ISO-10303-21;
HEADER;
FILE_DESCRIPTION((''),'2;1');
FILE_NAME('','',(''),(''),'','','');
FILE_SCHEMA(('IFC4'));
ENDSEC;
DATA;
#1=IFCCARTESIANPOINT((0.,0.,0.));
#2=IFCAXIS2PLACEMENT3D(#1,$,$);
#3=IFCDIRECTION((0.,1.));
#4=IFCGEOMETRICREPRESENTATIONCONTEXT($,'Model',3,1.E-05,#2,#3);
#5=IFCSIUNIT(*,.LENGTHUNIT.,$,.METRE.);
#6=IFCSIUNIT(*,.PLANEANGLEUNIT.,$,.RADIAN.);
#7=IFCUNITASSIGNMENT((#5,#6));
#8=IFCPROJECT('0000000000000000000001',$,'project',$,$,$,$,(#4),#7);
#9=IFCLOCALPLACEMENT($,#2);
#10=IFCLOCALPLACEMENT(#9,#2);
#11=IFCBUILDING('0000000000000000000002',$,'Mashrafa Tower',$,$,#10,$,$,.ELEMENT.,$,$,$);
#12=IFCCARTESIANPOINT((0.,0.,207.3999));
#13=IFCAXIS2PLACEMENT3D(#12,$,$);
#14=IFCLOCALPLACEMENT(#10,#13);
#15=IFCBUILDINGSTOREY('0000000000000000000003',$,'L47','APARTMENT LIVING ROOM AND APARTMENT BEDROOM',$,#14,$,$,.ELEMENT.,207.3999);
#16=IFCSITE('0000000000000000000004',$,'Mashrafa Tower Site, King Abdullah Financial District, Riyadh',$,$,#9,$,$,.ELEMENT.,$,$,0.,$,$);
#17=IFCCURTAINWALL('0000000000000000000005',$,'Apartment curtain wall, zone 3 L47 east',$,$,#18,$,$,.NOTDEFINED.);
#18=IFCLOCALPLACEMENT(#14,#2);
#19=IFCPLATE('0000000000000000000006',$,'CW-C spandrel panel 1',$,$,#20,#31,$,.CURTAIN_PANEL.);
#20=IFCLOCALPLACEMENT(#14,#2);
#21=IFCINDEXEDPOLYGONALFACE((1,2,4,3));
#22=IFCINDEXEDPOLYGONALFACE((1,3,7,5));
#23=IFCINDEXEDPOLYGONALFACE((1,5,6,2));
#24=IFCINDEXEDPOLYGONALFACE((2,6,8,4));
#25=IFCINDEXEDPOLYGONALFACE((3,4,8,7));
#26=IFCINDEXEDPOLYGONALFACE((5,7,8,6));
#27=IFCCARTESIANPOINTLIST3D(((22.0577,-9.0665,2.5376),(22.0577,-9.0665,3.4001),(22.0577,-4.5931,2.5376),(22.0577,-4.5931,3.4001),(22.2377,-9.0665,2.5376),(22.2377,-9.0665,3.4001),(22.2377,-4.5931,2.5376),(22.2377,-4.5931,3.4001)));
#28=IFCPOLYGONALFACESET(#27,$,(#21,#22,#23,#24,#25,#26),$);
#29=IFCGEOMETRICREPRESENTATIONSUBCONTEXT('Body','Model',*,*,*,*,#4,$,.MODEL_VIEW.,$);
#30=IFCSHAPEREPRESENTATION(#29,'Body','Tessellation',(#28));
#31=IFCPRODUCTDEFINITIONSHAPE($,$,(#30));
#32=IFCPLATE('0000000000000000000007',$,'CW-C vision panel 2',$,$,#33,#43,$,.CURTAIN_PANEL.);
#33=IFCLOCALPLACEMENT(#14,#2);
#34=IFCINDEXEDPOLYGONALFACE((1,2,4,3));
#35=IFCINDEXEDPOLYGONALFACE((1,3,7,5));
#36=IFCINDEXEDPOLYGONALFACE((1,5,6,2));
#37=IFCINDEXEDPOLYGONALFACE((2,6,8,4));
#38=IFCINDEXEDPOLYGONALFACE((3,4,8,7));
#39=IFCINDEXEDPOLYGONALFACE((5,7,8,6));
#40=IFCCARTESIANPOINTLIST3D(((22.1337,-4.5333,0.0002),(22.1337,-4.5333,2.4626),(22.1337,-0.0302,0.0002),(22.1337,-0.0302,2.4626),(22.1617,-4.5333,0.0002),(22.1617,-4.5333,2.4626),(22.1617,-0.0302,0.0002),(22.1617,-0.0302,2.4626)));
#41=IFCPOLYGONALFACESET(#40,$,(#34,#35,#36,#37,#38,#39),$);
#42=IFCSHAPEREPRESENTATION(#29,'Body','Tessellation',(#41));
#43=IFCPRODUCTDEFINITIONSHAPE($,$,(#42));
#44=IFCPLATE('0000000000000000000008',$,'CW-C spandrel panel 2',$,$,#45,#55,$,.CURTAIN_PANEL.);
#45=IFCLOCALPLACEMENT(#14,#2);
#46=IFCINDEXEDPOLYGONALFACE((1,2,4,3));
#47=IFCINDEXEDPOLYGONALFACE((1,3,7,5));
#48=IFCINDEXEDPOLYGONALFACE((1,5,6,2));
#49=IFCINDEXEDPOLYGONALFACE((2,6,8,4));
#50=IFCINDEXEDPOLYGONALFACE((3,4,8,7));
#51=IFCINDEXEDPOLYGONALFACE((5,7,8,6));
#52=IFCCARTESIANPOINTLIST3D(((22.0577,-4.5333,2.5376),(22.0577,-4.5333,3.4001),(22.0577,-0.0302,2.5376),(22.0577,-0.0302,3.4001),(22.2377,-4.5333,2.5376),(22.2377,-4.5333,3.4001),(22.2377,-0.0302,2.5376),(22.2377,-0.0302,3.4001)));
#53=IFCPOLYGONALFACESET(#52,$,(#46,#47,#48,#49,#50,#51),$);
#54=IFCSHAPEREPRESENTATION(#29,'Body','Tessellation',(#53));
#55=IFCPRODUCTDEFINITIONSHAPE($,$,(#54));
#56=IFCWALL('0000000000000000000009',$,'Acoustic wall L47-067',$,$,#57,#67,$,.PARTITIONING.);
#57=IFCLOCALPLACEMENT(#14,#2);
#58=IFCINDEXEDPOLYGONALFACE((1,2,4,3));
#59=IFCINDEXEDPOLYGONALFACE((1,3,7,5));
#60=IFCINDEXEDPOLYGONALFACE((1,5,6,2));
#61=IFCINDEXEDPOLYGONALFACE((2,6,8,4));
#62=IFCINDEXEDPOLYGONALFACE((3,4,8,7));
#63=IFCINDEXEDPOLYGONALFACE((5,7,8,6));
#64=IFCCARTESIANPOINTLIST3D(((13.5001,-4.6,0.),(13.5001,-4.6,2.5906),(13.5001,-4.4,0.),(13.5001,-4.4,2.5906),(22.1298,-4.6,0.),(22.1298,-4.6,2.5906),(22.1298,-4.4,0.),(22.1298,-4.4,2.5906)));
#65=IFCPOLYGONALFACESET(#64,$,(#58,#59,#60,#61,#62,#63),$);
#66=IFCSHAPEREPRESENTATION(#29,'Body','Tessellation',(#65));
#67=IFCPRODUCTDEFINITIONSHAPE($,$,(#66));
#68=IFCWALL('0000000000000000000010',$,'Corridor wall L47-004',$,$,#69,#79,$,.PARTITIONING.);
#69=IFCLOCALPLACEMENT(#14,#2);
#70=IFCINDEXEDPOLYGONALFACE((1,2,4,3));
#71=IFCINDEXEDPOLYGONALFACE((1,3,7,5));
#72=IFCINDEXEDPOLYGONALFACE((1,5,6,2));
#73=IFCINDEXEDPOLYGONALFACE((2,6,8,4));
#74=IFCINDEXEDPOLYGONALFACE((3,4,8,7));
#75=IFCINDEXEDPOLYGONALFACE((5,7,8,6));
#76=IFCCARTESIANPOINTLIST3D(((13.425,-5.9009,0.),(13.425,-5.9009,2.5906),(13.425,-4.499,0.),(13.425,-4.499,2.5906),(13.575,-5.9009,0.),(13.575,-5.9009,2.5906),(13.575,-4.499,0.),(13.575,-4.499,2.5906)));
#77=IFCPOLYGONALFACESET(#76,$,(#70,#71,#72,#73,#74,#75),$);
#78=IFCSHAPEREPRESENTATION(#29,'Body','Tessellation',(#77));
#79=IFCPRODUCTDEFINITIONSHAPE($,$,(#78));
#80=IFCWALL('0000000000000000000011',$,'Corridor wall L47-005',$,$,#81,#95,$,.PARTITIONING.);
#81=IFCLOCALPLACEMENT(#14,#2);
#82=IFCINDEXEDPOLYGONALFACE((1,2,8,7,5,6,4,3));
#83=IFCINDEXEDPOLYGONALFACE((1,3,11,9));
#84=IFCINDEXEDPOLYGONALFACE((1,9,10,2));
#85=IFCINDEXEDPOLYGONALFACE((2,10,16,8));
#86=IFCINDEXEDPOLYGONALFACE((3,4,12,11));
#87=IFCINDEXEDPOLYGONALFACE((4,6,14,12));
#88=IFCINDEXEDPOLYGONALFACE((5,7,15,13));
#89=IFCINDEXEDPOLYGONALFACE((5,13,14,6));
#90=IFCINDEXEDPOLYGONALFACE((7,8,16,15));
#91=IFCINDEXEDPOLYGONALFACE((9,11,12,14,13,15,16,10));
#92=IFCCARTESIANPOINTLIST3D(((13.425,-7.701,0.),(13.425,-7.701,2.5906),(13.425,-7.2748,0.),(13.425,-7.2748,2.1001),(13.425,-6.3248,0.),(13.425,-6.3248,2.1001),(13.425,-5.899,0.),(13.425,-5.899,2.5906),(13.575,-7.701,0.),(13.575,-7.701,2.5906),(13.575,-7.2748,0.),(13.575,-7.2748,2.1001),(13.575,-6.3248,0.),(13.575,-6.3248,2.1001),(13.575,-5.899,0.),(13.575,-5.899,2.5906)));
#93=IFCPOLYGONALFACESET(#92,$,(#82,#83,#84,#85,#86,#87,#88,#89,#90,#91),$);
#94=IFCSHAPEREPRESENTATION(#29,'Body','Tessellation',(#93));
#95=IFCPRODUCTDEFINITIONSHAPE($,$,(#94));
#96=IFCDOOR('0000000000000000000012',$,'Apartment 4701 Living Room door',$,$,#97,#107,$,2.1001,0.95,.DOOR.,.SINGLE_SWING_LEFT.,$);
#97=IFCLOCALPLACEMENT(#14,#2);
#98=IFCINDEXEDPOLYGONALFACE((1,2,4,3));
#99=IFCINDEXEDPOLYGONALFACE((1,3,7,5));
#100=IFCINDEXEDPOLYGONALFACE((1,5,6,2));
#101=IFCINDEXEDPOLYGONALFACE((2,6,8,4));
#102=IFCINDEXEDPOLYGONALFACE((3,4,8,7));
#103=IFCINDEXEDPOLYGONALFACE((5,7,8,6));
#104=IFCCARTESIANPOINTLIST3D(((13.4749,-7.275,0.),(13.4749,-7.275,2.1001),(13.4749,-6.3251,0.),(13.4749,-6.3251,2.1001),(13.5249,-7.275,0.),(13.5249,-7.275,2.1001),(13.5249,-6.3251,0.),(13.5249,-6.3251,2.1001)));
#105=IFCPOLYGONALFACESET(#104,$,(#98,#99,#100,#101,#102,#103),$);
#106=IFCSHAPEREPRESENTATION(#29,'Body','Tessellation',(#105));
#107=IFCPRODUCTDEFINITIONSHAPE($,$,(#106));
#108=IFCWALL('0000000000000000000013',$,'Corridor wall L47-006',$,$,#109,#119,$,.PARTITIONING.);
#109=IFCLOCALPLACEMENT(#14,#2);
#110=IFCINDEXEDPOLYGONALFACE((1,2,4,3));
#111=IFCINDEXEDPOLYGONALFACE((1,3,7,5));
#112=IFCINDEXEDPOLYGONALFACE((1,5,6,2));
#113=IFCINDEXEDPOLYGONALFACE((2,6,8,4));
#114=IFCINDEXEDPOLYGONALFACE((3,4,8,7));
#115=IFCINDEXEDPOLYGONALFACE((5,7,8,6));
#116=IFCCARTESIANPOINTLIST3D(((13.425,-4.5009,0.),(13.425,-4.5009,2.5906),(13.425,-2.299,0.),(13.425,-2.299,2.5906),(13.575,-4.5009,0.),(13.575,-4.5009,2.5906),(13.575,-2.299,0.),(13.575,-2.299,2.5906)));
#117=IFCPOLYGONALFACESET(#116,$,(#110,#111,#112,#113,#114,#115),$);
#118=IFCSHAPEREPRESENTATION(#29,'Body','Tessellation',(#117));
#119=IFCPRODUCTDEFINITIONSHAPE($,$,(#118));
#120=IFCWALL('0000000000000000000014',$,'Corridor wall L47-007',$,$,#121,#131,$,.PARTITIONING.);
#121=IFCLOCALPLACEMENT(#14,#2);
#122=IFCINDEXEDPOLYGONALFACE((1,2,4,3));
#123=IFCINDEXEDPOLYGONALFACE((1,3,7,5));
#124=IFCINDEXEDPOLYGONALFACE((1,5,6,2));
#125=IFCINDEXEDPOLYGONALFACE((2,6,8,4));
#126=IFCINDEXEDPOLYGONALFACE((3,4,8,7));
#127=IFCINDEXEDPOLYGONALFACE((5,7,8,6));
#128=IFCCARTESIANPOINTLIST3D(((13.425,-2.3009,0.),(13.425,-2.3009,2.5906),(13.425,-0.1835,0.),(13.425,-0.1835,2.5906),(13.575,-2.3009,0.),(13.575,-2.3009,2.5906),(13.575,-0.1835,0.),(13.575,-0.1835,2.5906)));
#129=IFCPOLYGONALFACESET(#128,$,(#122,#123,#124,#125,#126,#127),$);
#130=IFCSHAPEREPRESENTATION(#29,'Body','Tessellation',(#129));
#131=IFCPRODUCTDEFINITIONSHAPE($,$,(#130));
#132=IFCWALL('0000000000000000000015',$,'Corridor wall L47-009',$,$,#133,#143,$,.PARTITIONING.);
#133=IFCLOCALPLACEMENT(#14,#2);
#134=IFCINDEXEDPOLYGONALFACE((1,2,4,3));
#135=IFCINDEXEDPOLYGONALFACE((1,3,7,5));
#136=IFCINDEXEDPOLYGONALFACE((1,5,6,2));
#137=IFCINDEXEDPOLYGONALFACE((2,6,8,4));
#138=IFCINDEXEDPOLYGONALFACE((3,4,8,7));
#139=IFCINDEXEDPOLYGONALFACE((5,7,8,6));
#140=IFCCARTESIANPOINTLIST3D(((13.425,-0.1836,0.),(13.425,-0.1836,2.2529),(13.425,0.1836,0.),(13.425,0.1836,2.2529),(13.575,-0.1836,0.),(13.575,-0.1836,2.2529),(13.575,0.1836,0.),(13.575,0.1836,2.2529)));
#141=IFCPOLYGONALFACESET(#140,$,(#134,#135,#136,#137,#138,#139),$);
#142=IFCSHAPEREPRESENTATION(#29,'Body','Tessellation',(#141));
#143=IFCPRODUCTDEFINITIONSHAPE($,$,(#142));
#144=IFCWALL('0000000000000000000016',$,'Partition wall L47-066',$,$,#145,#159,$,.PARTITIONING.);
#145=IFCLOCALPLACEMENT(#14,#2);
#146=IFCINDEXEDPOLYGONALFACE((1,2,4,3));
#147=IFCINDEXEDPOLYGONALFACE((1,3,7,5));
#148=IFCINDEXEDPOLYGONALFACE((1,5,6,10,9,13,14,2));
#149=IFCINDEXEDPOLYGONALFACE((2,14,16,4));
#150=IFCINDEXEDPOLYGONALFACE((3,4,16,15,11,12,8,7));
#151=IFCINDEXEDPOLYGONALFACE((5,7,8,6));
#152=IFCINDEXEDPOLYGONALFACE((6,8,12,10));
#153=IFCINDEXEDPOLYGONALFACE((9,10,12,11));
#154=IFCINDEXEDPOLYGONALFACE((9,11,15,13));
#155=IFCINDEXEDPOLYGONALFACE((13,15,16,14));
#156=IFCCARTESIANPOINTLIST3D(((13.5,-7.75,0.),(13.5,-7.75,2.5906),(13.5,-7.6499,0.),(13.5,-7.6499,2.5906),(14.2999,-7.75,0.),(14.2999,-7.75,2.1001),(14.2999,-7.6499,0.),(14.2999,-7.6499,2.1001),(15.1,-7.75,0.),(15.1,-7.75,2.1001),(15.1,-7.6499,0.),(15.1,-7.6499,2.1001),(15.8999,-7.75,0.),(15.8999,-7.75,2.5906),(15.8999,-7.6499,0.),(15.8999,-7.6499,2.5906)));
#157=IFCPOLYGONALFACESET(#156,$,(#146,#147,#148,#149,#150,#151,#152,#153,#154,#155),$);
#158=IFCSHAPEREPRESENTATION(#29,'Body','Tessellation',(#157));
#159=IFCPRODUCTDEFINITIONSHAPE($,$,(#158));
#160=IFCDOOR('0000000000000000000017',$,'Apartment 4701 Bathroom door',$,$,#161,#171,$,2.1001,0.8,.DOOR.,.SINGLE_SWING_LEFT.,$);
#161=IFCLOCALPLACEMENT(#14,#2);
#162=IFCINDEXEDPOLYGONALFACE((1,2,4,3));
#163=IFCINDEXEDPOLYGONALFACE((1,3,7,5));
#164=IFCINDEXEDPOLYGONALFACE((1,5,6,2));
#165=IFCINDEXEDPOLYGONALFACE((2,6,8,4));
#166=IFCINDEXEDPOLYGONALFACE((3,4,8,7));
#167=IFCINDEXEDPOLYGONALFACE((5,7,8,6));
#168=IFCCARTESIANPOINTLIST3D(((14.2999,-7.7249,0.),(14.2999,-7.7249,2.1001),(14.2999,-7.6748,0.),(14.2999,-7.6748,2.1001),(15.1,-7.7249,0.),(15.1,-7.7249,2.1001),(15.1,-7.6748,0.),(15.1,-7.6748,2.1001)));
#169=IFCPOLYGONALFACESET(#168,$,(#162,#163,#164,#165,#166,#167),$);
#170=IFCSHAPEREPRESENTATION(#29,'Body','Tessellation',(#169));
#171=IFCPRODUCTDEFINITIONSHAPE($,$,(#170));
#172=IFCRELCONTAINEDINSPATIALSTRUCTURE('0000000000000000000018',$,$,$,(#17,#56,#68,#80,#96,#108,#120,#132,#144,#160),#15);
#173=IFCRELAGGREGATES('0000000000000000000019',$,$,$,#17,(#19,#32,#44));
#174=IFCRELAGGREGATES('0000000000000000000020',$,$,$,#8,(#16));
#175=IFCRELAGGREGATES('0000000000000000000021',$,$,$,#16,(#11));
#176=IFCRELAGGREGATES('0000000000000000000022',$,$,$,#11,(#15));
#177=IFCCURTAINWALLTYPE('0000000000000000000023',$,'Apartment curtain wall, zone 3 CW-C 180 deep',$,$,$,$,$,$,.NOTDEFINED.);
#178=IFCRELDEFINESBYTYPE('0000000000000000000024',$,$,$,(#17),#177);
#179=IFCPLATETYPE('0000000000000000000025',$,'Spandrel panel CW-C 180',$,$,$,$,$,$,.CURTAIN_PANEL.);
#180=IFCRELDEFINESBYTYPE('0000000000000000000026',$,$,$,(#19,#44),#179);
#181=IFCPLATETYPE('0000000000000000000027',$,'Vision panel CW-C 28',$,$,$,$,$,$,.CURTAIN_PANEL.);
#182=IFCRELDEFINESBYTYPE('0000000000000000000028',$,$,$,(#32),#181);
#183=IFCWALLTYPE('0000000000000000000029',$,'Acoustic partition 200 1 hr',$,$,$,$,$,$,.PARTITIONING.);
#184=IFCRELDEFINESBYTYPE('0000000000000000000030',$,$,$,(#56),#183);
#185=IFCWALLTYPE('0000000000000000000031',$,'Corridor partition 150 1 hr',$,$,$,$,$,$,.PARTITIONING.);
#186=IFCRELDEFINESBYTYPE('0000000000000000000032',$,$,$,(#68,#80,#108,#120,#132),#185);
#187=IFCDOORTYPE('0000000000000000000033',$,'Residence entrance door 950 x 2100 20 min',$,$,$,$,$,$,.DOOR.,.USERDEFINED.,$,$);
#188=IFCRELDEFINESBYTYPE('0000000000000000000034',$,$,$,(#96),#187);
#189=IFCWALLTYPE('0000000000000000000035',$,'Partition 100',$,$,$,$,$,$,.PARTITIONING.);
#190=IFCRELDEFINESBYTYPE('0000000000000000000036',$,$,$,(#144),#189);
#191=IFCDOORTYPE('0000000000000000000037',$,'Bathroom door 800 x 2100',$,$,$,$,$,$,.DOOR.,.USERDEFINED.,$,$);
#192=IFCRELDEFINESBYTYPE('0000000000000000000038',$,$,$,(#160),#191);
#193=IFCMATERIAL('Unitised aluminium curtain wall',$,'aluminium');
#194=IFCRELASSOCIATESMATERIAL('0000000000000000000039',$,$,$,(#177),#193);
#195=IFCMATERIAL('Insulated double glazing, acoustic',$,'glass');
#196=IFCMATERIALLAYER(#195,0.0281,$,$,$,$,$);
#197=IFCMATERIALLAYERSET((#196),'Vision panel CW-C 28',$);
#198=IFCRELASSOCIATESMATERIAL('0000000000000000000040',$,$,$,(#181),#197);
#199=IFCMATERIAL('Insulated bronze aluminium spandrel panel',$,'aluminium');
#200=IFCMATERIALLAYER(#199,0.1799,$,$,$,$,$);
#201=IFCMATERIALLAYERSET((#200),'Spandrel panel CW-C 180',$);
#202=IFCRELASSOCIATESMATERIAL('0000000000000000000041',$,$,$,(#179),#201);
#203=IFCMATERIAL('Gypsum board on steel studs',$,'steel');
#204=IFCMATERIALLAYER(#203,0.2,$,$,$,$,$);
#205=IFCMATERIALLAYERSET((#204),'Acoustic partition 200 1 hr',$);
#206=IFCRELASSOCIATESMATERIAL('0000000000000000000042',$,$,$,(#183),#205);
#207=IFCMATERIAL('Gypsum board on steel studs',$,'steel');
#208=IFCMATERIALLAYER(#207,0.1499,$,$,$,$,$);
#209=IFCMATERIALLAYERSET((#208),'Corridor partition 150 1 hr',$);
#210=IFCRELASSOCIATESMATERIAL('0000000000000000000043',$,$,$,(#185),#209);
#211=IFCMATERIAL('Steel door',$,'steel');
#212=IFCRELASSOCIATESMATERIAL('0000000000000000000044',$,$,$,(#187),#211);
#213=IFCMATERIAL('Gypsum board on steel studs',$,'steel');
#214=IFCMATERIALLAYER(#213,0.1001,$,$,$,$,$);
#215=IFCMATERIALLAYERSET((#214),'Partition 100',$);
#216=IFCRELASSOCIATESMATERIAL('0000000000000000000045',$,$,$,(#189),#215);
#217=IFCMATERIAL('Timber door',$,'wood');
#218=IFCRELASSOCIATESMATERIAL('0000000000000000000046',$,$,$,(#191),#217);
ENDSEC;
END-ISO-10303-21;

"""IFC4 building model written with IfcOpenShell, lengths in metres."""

from ifc_helpers import new_model, si_unit, direction, frame, frame_2d, origin, origin_2d, place, context, subcontext, project, spatial, rectangle, extrude, source, transform, mapped, material, layer, layer_set, type_object, type_shapes, element, fill, aggregate, save


model = new_model("IFC4")

# Units and contexts
model_context = context("Model", 3, precision=1e-05, world=origin(), true_north=direction((0.0, 1.0)))
body_context = subcontext(model_context, "Body", "Model", "MODEL_VIEW")
ifc_project = project(units=[si_unit("LENGTHUNIT", "METRE"), si_unit("PLANEANGLEUNIT", "RADIAN")], contexts=[model_context])

# Site, building, storey
site_placement = place(None, origin())
site = spatial("IfcSite", under=ifc_project, at=site_placement, Name="Mashrafa Tower Site, King Abdullah Financial District, Riyadh", CompositionType="ELEMENT", RefElevation=0.0)
building_placement = place(site_placement, origin())
building = spatial("IfcBuilding", under=site, at=building_placement, Name="Mashrafa Tower", CompositionType="ELEMENT")
storey_placement = place(building_placement, frame((0.0, 0.0, 207.3999)))
storey = spatial("IfcBuildingStorey", under=building, at=storey_placement, Name="L47", Description="APARTMENT LIVING ROOM AND APARTMENT BEDROOM", CompositionType="ELEMENT", Elevation=207.3999)

# Curtain wall
ifc_material_1 = material(Name="Unitised aluminium curtain wall", Category="aluminium")
curtain_wall_type = type_object("IfcCurtainWallType", Name="Apartment curtain wall, zone 3 CW-C 180 deep", PredefinedType="NOTDEFINED", material=ifc_material_1)
curtain_wall_1_placement = place(storey_placement, origin())
curtain_wall_1 = element("IfcCurtainWall", 1, at=curtain_wall_1_placement, inside=storey, type_object=curtain_wall_type, Name="Apartment curtain wall, zone 3 L47 east", PredefinedType="NOTDEFINED")

# Plates
ifc_material_2 = material(Name="Insulated double glazing, acoustic", Category="glass")
ifc_layer_1 = layer(ifc_material_2, 0.0281)
ifc_layer_set_1 = layer_set([ifc_layer_1], Name="Vision panel CW-C 28")
plate_type_1 = type_object("IfcPlateType", Name="Vision panel CW-C 28", PredefinedType="CURTAIN_PANEL", material=ifc_layer_set_1)
ifc_material_3 = material(Name="Insulated bronze aluminium spandrel panel", Category="aluminium")
ifc_layer_2 = layer(ifc_material_3, 0.1799)
ifc_layer_set_2 = layer_set([ifc_layer_2], Name="Spandrel panel CW-C 180")
plate_type_2 = type_object("IfcPlateType", Name="Spandrel panel CW-C 180", PredefinedType="CURTAIN_PANEL", material=ifc_layer_set_2)
shared_shape_1 = source(origin(), body_context, "Body", "SweptSolid", [
    extrude(rectangle(XDim=4.4734, YDim=0.1799, at=origin_2d()), origin(), (0.0, 0.0, 1.0), 0.8625),
])
plate_1_placement = place(storey_placement, frame((22.1477, -6.8298, 2.5376), z_axis=(0.0, 0.0, 1.0), x_axis=(0.0, 1.0, 0.0)))
plate_1 = element("IfcPlate", 2, at=plate_1_placement, type_object=plate_type_2, Name="CW-C spandrel panel 1", PredefinedType="CURTAIN_PANEL", context=body_context, shape_type="MappedRepresentation", body=[
    mapped(shared_shape_1, transform((0.0, 0.0, 0.0))),
])
shared_shape_2 = source(origin(), body_context, "Body", "SweptSolid", [
    extrude(rectangle(XDim=4.5032, YDim=0.0281, at=origin_2d()), origin(), (0.0, 0.0, 1.0), 2.4624),
])
plate_2_placement = place(storey_placement, frame((22.1477, -2.2817, 0.0002), z_axis=(0.0, 0.0, 1.0), x_axis=(0.0, 1.0, 0.0)))
plate_2 = element("IfcPlate", 3, at=plate_2_placement, type_object=plate_type_1, Name="CW-C vision panel 2", PredefinedType="CURTAIN_PANEL", context=body_context, shape_type="MappedRepresentation", body=[
    mapped(shared_shape_2, transform((0.0, 0.0, 0.0))),
])
shared_shape_3 = source(origin(), body_context, "Body", "SweptSolid", [
    extrude(rectangle(XDim=4.5032, YDim=0.1799, at=origin_2d()), origin(), (0.0, 0.0, 1.0), 0.8625),
])
type_shapes(plate_type_2, [shared_shape_1, shared_shape_3])
plate_3_placement = place(storey_placement, frame((22.1477, -2.2817, 2.5376), z_axis=(0.0, 0.0, 1.0), x_axis=(0.0, 1.0, 0.0)))
plate_3 = element("IfcPlate", 4, at=plate_3_placement, type_object=plate_type_2, Name="CW-C spandrel panel 2", PredefinedType="CURTAIN_PANEL", context=body_context, shape_type="MappedRepresentation", body=[
    mapped(shared_shape_3, transform((0.0, 0.0, 0.0))),
])
aggregate(curtain_wall_1, [plate_1, plate_2, plate_3])

# Walls
ifc_material_4 = material(Name="Gypsum board on steel studs", Category="steel")
ifc_layer_3 = layer(ifc_material_4, 0.2)
ifc_layer_set_3 = layer_set([ifc_layer_3], Name="Acoustic partition 200 1 hr")
wall_type_1 = type_object("IfcWallType", Name="Acoustic partition 200 1 hr", PredefinedType="PARTITIONING", material=ifc_layer_set_3)
wall_1_placement = place(storey_placement, frame((13.5, -4.5, 0.0), z_axis=(0.0, 0.0, 1.0), x_axis=(1.0, 0.0, 0.0)))
element("IfcWall", 5, at=wall_1_placement, inside=storey, type_object=wall_type_1, Name="Acoustic wall L47-067", PredefinedType="PARTITIONING", context=body_context, shape_type="SweptSolid", body=[
    extrude(rectangle(XDim=8.6296, YDim=0.2, at=frame_2d((4.3149, 0.0))), origin(), (0.0, 0.0, 1.0), 2.5906),
])
ifc_material_5 = material(Name="Gypsum board on steel studs", Category="steel")
ifc_layer_4 = layer(ifc_material_5, 0.1499)
ifc_layer_set_4 = layer_set([ifc_layer_4], Name="Corridor partition 150 1 hr")
wall_type_2 = type_object("IfcWallType", Name="Corridor partition 150 1 hr", PredefinedType="PARTITIONING", material=ifc_layer_set_4)
wall_2_placement = place(storey_placement, frame((13.5, -5.9009, 0.0), z_axis=(0.0, 0.0, 1.0), x_axis=(0.0, 1.0, 0.0)))
element("IfcWall", 6, at=wall_2_placement, inside=storey, type_object=wall_type_2, Name="Corridor wall L47-004", PredefinedType="PARTITIONING", context=body_context, shape_type="SweptSolid", body=[
    extrude(rectangle(XDim=1.4019, YDim=0.1499, at=frame_2d((0.7009, 0.0))), origin(), (0.0, 0.0, 1.0), 2.5906),
])

# Wall, opening, door
wall_3_placement = place(storey_placement, frame((13.5, -7.7009, 0.0), z_axis=(0.0, 0.0, 1.0), x_axis=(0.0, 1.0, 0.0)))
wall_3 = element("IfcWall", 7, at=wall_3_placement, inside=storey, type_object=wall_type_2, Name="Corridor wall L47-005", PredefinedType="PARTITIONING", context=body_context, shape_type="SweptSolid", body=[
    extrude(rectangle(XDim=1.802, YDim=0.1499, at=frame_2d((0.9009, 0.0))), origin(), (0.0, 0.0, 1.0), 2.5906),
])
opening_1_placement = place(wall_3_placement, frame((0.426, 0.0, 0.0)))
opening_1 = element("IfcOpeningElement", 8, at=opening_1_placement, cuts=wall_3, PredefinedType="OPENING", context=body_context, shape_type="SweptSolid", body=[
    extrude(rectangle(XDim=0.95, YDim=2.1001, at=frame_2d((0.4751, 1.05))), frame((0.0, 0.085, 0.0), z_axis=(0.0, -1.0, 0.0), x_axis=(1.0, 0.0, 0.0)), (0.0, 0.0, 1.0), 0.1699),
])
ifc_material_6 = material(Name="Steel door", Category="steel")
door_type_1 = type_object("IfcDoorType", Name="Residence entrance door 950 x 2100 20 min", OperationType="USERDEFINED", PredefinedType="DOOR", material=ifc_material_6)
door_1_placement = place(opening_1_placement, frame((0.95, 0.0, 0.0), z_axis=(0.0, 0.0, 1.0), x_axis=(-1.0, 0.0, 0.0)))
door_1 = element("IfcDoor", 9, at=door_1_placement, inside=storey, type_object=door_type_1, Name="Apartment 4701 Living Room door", OperationType="SINGLE_SWING_LEFT", OverallHeight=2.1001, OverallWidth=0.95, PredefinedType="DOOR", context=body_context, shape_type="SweptSolid", body=[
    extrude(rectangle(XDim=0.95, YDim=2.1001, at=frame_2d((0.4751, 1.05))), frame((0.0, 0.0249, 0.0), z_axis=(0.0, -1.0, 0.0), x_axis=(1.0, 0.0, 0.0)), (0.0, 0.0, 1.0), 0.05),
])
fill(opening_1, door_1)

# Walls
wall_4_placement = place(storey_placement, frame((13.5, -4.501, 0.0), z_axis=(0.0, 0.0, 1.0), x_axis=(0.0, 1.0, 0.0)))
element("IfcWall", 10, at=wall_4_placement, inside=storey, type_object=wall_type_2, Name="Corridor wall L47-006", PredefinedType="PARTITIONING", context=body_context, shape_type="SweptSolid", body=[
    extrude(rectangle(XDim=2.2019, YDim=0.1499, at=frame_2d((1.1011, 0.0))), origin(), (0.0, 0.0, 1.0), 2.5906),
])
wall_5_placement = place(storey_placement, frame((13.5, -0.1836, 0.0), z_axis=(0.0, 0.0, 1.0), x_axis=(0.0, -1.0, 0.0)))
element("IfcWall", 11, at=wall_5_placement, inside=storey, type_object=wall_type_2, Name="Corridor wall L47-007", PredefinedType="PARTITIONING", context=body_context, shape_type="SweptSolid", body=[
    extrude(rectangle(XDim=2.1174, YDim=0.1499, at=frame_2d((1.0586, 0.0))), origin(), (0.0, 0.0, 1.0), 2.5906),
])
wall_6_placement = place(storey_placement, frame((13.5, -0.1836, 0.0), z_axis=(0.0, 0.0, 1.0), x_axis=(0.0, 1.0, 0.0)))
element("IfcWall", 12, at=wall_6_placement, inside=storey, type_object=wall_type_2, Name="Corridor wall L47-009", PredefinedType="PARTITIONING", context=body_context, shape_type="SweptSolid", body=[
    extrude(rectangle(XDim=0.3672, YDim=0.1499, at=frame_2d((0.1836, 0.0))), origin(), (0.0, 0.0, 1.0), 2.2529),
])

# Wall, opening, door
ifc_material_7 = material(Name="Gypsum board on steel studs", Category="steel")
ifc_layer_5 = layer(ifc_material_7, 0.1001)
ifc_layer_set_5 = layer_set([ifc_layer_5], Name="Partition 100")
wall_type_3 = type_object("IfcWallType", Name="Partition 100", PredefinedType="PARTITIONING", material=ifc_layer_set_5)
wall_7_placement = place(storey_placement, frame((15.8999, -7.7, 0.0), z_axis=(0.0, 0.0, 1.0), x_axis=(-1.0, 0.0, 0.0)))
wall_7 = element("IfcWall", 13, at=wall_7_placement, inside=storey, type_object=wall_type_3, Name="Partition wall L47-066", PredefinedType="PARTITIONING", context=body_context, shape_type="SweptSolid", body=[
    extrude(rectangle(XDim=2.3999, YDim=0.1001, at=frame_2d((1.2, 0.0))), origin(), (0.0, 0.0, 1.0), 2.5906),
])
opening_2_placement = place(wall_7_placement, frame((0.8, 0.0, 0.0)))
opening_2 = element("IfcOpeningElement", 14, at=opening_2_placement, cuts=wall_7, PredefinedType="OPENING", context=body_context, shape_type="SweptSolid", body=[
    extrude(rectangle(XDim=0.8, YDim=2.1001, at=frame_2d((0.3999, 1.05))), frame((0.0, 0.0601, 0.0), z_axis=(0.0, -1.0, 0.0), x_axis=(1.0, 0.0, 0.0)), (0.0, 0.0, 1.0), 0.1201),
])
ifc_material_8 = material(Name="Timber door", Category="wood")
door_type_2 = type_object("IfcDoorType", Name="Bathroom door 800 x 2100", OperationType="USERDEFINED", PredefinedType="DOOR", material=ifc_material_8)
door_2_placement = place(opening_2_placement, origin())
door_2 = element("IfcDoor", 15, at=door_2_placement, inside=storey, type_object=door_type_2, Name="Apartment 4701 Bathroom door", OperationType="SINGLE_SWING_LEFT", OverallHeight=2.1001, OverallWidth=0.8, PredefinedType="DOOR", context=body_context, shape_type="SweptSolid", body=[
    extrude(rectangle(XDim=0.8, YDim=2.1001, at=frame_2d((0.3999, 1.05))), frame((0.0, 0.0249, 0.0), z_axis=(0.0, -1.0, 0.0), x_axis=(1.0, 0.0, 0.0)), (0.0, 0.0, 1.0), 0.05),
])
fill(opening_2, door_2)

save(model, "model.ifc")
